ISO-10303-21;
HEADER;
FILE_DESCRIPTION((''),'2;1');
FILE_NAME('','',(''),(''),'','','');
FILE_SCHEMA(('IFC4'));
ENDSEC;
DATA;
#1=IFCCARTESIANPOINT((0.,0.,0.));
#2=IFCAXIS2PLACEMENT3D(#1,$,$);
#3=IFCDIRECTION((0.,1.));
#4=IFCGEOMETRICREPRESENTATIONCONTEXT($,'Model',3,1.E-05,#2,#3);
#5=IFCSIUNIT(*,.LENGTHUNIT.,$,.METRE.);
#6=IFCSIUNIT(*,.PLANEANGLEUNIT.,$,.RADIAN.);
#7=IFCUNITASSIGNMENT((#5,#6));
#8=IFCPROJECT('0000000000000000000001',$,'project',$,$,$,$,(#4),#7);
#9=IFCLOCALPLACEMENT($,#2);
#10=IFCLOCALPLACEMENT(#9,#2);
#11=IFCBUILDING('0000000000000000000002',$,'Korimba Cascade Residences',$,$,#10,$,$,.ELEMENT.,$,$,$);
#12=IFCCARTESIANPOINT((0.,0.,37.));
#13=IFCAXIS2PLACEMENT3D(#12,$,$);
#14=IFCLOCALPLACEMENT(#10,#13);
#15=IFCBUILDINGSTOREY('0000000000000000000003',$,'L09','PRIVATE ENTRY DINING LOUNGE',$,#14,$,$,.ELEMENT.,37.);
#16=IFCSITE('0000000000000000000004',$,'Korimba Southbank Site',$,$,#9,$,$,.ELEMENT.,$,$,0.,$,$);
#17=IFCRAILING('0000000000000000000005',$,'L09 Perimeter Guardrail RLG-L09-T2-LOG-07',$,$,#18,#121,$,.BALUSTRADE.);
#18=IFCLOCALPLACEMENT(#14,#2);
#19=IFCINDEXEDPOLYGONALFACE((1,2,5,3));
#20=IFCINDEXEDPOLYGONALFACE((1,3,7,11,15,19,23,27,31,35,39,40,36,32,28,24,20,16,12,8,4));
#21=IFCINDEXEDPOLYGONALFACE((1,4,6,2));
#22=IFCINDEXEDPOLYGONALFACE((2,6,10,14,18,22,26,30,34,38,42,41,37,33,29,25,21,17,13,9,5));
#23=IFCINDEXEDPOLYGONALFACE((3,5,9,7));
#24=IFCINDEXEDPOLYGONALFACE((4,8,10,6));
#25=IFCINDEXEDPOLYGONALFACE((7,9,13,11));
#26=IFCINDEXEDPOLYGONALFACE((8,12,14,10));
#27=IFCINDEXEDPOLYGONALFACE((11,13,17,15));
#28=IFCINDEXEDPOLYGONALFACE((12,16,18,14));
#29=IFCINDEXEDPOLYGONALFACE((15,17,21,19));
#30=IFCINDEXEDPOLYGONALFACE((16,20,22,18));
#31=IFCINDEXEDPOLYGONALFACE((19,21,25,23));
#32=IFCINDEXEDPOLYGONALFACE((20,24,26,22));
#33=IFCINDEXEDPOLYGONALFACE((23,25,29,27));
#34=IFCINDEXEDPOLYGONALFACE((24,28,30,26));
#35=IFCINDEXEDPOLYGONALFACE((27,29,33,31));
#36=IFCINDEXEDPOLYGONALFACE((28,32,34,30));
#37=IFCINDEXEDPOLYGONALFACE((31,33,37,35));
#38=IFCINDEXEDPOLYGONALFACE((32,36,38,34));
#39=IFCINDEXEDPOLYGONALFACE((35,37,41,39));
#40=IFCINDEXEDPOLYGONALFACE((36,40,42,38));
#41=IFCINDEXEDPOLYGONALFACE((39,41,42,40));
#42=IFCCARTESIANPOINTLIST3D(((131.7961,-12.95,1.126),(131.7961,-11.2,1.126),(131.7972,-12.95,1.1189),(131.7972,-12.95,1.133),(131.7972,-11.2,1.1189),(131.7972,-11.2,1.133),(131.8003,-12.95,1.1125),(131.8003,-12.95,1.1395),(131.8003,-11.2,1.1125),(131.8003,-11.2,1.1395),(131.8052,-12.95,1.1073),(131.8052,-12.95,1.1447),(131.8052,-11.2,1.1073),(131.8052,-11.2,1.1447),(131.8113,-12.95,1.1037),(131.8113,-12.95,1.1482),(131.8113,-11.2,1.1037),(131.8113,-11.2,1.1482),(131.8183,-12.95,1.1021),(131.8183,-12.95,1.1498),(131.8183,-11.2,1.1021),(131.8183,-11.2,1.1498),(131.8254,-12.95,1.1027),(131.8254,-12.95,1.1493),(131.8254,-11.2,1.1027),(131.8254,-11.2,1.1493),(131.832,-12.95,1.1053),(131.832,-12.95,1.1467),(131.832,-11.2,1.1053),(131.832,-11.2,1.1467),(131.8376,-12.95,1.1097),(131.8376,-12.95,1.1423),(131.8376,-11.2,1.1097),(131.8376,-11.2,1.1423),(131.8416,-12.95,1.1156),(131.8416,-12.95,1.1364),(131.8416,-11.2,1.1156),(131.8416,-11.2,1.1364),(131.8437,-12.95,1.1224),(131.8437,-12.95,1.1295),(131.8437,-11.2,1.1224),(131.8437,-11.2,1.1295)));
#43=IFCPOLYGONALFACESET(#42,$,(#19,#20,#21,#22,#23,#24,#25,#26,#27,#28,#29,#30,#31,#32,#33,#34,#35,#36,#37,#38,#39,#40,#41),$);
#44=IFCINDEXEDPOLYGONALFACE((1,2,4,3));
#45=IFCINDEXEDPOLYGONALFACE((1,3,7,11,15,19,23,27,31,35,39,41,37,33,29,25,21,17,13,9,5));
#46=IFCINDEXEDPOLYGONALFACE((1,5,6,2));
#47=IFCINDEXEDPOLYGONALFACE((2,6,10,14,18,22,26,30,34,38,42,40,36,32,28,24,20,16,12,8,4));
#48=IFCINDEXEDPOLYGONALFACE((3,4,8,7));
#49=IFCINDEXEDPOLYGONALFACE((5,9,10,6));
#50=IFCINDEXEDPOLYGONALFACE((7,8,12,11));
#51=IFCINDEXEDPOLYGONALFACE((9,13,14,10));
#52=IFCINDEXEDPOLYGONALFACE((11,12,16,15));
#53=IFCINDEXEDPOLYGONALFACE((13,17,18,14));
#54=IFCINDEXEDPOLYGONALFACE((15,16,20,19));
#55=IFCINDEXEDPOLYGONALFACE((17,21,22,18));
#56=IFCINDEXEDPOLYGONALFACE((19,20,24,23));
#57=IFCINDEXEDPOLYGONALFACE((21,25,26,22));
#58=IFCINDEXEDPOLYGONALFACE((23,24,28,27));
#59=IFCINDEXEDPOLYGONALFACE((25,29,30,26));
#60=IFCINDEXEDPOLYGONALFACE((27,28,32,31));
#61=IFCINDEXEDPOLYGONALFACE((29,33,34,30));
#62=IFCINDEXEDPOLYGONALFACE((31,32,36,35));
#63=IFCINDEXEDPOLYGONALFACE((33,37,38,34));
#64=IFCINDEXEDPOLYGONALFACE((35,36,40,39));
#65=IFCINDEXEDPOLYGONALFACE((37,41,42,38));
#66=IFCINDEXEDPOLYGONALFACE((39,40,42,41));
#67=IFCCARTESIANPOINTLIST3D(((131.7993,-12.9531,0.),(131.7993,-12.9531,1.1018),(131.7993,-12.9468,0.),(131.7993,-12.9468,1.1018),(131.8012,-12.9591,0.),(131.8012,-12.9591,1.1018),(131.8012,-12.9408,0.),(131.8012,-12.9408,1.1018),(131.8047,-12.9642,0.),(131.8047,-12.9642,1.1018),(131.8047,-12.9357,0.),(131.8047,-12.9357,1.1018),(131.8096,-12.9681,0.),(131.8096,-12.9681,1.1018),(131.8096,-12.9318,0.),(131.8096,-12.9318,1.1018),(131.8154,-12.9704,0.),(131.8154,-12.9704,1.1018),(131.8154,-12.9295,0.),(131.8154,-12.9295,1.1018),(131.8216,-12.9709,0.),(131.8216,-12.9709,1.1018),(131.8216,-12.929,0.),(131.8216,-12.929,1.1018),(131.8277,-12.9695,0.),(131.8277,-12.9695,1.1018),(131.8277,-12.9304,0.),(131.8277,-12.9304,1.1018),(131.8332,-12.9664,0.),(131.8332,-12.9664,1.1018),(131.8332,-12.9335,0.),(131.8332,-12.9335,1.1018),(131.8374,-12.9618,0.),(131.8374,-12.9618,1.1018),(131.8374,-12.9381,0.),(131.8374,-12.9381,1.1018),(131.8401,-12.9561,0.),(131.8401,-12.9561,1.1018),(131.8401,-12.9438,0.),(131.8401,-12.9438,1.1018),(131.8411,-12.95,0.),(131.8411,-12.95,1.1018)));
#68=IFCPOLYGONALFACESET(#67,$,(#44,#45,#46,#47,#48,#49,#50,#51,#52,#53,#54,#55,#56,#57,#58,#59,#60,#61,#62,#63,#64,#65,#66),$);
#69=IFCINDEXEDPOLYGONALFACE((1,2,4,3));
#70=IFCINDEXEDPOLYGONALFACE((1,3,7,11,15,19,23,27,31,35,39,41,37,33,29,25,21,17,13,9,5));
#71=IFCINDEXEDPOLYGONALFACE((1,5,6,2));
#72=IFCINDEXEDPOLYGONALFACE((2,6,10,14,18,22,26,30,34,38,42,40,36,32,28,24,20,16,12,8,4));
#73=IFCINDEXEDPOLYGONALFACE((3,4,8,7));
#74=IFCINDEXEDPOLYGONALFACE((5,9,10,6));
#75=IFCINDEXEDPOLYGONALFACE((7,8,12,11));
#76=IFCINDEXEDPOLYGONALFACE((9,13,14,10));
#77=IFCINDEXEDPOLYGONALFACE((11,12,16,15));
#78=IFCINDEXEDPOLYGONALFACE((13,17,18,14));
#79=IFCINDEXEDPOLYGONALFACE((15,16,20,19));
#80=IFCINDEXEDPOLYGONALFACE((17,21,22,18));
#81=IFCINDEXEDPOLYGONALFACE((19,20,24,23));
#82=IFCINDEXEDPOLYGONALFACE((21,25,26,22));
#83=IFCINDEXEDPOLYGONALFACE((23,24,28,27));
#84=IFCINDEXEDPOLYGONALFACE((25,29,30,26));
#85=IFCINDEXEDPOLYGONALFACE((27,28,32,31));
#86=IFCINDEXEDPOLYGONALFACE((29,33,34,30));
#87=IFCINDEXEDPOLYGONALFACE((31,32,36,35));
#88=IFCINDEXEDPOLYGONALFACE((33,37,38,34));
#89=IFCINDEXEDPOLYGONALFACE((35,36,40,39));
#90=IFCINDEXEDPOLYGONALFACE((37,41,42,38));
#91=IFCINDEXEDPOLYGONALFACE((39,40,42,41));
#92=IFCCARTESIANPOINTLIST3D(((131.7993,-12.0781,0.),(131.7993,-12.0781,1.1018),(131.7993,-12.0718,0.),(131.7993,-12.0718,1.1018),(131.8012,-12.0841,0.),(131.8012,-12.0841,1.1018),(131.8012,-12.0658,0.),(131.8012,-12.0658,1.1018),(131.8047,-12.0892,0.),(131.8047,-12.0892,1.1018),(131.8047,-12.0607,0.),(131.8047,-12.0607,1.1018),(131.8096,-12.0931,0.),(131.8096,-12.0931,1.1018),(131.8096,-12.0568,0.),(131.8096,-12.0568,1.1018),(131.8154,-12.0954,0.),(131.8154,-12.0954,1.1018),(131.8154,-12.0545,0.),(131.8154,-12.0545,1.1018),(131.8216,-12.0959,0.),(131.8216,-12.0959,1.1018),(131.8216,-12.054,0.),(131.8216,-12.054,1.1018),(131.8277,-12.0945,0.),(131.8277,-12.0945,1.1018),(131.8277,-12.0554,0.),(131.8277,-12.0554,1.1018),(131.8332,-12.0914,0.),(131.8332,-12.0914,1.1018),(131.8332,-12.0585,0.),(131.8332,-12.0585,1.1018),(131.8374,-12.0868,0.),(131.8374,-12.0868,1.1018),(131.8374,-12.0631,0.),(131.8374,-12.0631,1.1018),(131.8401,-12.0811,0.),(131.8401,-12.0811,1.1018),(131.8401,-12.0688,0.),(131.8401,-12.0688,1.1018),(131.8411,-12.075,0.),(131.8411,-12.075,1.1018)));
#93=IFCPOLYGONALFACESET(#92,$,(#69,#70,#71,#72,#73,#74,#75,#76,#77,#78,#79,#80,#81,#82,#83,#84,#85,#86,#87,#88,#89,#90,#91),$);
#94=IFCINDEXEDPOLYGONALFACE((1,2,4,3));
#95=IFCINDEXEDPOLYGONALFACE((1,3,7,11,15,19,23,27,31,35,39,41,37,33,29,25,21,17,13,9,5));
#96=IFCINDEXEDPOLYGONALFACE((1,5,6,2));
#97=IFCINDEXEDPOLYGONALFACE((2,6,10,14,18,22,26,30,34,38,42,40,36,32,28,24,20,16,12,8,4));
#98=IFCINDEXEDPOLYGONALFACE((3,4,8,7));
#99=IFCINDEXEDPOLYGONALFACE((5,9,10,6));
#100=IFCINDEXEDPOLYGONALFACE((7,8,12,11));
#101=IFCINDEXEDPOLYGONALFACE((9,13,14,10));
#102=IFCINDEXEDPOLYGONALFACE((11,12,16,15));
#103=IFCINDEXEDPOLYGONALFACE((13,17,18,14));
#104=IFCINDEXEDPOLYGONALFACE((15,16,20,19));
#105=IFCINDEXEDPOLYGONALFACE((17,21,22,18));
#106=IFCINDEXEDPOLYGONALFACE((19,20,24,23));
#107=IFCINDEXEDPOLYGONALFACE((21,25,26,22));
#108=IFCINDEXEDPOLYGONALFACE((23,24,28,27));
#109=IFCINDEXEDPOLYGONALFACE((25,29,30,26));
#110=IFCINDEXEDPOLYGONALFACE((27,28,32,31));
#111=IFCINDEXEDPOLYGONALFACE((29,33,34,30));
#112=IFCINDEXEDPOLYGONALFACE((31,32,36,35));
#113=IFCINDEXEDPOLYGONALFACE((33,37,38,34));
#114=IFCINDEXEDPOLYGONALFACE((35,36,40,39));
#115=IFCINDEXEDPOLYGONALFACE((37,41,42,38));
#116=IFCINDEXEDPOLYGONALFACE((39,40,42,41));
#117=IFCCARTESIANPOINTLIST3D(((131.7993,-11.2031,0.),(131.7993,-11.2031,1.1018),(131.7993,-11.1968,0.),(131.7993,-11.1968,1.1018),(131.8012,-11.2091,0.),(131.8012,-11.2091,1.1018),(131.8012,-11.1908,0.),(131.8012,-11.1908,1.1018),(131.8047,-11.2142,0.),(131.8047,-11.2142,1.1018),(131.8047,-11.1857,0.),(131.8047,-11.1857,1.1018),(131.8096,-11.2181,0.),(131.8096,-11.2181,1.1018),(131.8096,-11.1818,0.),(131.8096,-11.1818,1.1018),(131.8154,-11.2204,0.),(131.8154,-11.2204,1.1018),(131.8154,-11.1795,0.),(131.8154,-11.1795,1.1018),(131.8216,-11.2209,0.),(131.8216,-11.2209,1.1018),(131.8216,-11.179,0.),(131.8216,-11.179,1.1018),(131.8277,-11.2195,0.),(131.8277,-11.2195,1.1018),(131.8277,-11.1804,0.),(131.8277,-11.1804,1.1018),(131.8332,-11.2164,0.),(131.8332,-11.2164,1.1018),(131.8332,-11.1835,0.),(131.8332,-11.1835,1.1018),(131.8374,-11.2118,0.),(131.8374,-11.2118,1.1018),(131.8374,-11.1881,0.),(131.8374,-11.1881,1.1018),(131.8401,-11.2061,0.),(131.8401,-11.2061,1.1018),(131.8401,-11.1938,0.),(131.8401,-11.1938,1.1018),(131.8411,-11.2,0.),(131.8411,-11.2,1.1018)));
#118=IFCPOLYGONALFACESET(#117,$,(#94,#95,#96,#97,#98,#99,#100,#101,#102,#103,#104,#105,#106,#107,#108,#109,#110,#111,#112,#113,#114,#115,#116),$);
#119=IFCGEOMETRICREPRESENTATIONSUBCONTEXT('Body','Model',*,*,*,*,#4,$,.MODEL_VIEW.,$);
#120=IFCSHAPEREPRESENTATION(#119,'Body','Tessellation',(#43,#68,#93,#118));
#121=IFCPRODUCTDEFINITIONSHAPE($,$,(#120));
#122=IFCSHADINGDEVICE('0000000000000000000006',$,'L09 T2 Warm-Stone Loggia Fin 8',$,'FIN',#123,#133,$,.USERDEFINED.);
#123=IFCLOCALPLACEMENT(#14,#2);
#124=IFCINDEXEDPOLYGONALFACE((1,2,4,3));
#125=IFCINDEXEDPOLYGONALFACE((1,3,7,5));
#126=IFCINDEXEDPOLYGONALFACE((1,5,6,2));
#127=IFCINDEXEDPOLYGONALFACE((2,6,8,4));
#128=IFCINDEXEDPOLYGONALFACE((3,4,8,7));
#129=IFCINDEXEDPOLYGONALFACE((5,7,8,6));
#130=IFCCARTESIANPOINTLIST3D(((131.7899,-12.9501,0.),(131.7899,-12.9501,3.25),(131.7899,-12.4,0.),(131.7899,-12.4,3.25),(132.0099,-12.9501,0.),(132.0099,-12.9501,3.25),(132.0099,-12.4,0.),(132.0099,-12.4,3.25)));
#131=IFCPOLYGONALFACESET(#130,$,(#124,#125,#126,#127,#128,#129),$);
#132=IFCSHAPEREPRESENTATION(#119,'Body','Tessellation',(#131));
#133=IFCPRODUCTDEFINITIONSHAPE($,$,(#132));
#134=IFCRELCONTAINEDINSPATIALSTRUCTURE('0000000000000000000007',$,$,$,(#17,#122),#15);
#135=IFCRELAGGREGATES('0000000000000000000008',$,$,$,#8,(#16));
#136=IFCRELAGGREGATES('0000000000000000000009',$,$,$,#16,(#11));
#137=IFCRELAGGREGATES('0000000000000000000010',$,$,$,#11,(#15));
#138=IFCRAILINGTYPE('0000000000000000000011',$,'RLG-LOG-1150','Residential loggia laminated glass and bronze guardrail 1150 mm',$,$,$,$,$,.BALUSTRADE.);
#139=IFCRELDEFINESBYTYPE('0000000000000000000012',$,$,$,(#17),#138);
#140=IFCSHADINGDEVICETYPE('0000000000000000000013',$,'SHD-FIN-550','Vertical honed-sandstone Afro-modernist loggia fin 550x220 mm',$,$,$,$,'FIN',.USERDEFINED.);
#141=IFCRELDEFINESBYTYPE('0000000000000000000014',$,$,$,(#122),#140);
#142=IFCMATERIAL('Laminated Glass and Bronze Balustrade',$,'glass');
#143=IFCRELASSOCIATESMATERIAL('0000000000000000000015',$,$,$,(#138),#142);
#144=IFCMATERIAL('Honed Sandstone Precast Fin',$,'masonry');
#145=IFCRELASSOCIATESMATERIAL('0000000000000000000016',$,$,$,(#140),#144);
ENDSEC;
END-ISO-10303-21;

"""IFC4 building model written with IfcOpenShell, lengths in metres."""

from ifc_helpers import new_model, si_unit, direction, frame, origin, origin_2d, place, context, subcontext, project, spatial, rectangle, circle, extrude, material, type_object, element, save


model = new_model("IFC4")

# Units and contexts
model_context = context("Model", 3, precision=1e-05, world=origin(), true_north=direction((0.0, 1.0)))
body_context = subcontext(model_context, "Body", "Model", "MODEL_VIEW")
ifc_project = project(units=[si_unit("LENGTHUNIT", "METRE"), si_unit("PLANEANGLEUNIT", "RADIAN")], contexts=[model_context])

# Site, building, storey
site_placement = place(None, origin())
site = spatial("IfcSite", under=ifc_project, at=site_placement, Name="Korimba Southbank Site", CompositionType="ELEMENT", RefElevation=0.0)
building_placement = place(site_placement, origin())
building = spatial("IfcBuilding", under=site, at=building_placement, Name="Korimba Cascade Residences", CompositionType="ELEMENT")
storey_placement = place(building_placement, frame((0.0, 0.0, 37.0)))
storey = spatial("IfcBuildingStorey", under=building, at=storey_placement, Name="L09", Description="PRIVATE ENTRY DINING LOUNGE", CompositionType="ELEMENT", Elevation=37.0)

# Railing
ifc_material_1 = material(Name="Laminated Glass and Bronze Balustrade", Category="glass")
railing_type = type_object("IfcRailingType", Name="RLG-LOG-1150", Description="Residential loggia laminated glass and bronze guardrail 1150 mm", PredefinedType="BALUSTRADE", material=ifc_material_1)
railing_placement = place(storey_placement, frame((131.8201, -12.95, 0.0)))
element("IfcRailing", 1, at=railing_placement, inside=storey, type_object=railing_type, Name="L09 Perimeter Guardrail RLG-L09-T2-LOG-07", PredefinedType="BALUSTRADE", context=body_context, shape_type="SweptSolid", body=[
    extrude(circle(Radius=0.0239, at=origin_2d()), frame((0.0, 0.0, 1.126), z_axis=(0.0, 1.0, 0.0), x_axis=(-1.0, 0.0, 0.0)), (0.0, 0.0, 1.0), 1.75),
    extrude(circle(Radius=0.021, at=origin_2d()), origin(), (0.0, 0.0, 1.0), 1.1018),
    extrude(circle(Radius=0.021, at=origin_2d()), frame((0.0, 0.875, 0.0)), (0.0, 0.0, 1.0), 1.1018),
    extrude(circle(Radius=0.021, at=origin_2d()), frame((0.0, 1.75, 0.0)), (0.0, 0.0, 1.0), 1.1018),
])

# Shading device
ifc_material_2 = material(Name="Honed Sandstone Precast Fin", Category="masonry")
shading_device_type = type_object("IfcShadingDeviceType", Name="SHD-FIN-550", Description="Vertical honed-sandstone Afro-modernist loggia fin 550x220 mm", ElementType="FIN", PredefinedType="USERDEFINED", material=ifc_material_2)
shading_device_placement = place(storey_placement, frame((131.8999, -12.675, 0.0), z_axis=(0.0, 0.0, 1.0), x_axis=(1.0, 0.0, 0.0)))
element("IfcShadingDevice", 2, at=shading_device_placement, inside=storey, type_object=shading_device_type, Name="L09 T2 Warm-Stone Loggia Fin 8", ObjectType="FIN", PredefinedType="USERDEFINED", context=body_context, shape_type="SweptSolid", body=[
    extrude(rectangle(XDim=0.22, YDim=0.55, at=origin_2d()), origin(), (0.0, 0.0, 1.0), 3.25),
])

save(model, "model.ifc")
